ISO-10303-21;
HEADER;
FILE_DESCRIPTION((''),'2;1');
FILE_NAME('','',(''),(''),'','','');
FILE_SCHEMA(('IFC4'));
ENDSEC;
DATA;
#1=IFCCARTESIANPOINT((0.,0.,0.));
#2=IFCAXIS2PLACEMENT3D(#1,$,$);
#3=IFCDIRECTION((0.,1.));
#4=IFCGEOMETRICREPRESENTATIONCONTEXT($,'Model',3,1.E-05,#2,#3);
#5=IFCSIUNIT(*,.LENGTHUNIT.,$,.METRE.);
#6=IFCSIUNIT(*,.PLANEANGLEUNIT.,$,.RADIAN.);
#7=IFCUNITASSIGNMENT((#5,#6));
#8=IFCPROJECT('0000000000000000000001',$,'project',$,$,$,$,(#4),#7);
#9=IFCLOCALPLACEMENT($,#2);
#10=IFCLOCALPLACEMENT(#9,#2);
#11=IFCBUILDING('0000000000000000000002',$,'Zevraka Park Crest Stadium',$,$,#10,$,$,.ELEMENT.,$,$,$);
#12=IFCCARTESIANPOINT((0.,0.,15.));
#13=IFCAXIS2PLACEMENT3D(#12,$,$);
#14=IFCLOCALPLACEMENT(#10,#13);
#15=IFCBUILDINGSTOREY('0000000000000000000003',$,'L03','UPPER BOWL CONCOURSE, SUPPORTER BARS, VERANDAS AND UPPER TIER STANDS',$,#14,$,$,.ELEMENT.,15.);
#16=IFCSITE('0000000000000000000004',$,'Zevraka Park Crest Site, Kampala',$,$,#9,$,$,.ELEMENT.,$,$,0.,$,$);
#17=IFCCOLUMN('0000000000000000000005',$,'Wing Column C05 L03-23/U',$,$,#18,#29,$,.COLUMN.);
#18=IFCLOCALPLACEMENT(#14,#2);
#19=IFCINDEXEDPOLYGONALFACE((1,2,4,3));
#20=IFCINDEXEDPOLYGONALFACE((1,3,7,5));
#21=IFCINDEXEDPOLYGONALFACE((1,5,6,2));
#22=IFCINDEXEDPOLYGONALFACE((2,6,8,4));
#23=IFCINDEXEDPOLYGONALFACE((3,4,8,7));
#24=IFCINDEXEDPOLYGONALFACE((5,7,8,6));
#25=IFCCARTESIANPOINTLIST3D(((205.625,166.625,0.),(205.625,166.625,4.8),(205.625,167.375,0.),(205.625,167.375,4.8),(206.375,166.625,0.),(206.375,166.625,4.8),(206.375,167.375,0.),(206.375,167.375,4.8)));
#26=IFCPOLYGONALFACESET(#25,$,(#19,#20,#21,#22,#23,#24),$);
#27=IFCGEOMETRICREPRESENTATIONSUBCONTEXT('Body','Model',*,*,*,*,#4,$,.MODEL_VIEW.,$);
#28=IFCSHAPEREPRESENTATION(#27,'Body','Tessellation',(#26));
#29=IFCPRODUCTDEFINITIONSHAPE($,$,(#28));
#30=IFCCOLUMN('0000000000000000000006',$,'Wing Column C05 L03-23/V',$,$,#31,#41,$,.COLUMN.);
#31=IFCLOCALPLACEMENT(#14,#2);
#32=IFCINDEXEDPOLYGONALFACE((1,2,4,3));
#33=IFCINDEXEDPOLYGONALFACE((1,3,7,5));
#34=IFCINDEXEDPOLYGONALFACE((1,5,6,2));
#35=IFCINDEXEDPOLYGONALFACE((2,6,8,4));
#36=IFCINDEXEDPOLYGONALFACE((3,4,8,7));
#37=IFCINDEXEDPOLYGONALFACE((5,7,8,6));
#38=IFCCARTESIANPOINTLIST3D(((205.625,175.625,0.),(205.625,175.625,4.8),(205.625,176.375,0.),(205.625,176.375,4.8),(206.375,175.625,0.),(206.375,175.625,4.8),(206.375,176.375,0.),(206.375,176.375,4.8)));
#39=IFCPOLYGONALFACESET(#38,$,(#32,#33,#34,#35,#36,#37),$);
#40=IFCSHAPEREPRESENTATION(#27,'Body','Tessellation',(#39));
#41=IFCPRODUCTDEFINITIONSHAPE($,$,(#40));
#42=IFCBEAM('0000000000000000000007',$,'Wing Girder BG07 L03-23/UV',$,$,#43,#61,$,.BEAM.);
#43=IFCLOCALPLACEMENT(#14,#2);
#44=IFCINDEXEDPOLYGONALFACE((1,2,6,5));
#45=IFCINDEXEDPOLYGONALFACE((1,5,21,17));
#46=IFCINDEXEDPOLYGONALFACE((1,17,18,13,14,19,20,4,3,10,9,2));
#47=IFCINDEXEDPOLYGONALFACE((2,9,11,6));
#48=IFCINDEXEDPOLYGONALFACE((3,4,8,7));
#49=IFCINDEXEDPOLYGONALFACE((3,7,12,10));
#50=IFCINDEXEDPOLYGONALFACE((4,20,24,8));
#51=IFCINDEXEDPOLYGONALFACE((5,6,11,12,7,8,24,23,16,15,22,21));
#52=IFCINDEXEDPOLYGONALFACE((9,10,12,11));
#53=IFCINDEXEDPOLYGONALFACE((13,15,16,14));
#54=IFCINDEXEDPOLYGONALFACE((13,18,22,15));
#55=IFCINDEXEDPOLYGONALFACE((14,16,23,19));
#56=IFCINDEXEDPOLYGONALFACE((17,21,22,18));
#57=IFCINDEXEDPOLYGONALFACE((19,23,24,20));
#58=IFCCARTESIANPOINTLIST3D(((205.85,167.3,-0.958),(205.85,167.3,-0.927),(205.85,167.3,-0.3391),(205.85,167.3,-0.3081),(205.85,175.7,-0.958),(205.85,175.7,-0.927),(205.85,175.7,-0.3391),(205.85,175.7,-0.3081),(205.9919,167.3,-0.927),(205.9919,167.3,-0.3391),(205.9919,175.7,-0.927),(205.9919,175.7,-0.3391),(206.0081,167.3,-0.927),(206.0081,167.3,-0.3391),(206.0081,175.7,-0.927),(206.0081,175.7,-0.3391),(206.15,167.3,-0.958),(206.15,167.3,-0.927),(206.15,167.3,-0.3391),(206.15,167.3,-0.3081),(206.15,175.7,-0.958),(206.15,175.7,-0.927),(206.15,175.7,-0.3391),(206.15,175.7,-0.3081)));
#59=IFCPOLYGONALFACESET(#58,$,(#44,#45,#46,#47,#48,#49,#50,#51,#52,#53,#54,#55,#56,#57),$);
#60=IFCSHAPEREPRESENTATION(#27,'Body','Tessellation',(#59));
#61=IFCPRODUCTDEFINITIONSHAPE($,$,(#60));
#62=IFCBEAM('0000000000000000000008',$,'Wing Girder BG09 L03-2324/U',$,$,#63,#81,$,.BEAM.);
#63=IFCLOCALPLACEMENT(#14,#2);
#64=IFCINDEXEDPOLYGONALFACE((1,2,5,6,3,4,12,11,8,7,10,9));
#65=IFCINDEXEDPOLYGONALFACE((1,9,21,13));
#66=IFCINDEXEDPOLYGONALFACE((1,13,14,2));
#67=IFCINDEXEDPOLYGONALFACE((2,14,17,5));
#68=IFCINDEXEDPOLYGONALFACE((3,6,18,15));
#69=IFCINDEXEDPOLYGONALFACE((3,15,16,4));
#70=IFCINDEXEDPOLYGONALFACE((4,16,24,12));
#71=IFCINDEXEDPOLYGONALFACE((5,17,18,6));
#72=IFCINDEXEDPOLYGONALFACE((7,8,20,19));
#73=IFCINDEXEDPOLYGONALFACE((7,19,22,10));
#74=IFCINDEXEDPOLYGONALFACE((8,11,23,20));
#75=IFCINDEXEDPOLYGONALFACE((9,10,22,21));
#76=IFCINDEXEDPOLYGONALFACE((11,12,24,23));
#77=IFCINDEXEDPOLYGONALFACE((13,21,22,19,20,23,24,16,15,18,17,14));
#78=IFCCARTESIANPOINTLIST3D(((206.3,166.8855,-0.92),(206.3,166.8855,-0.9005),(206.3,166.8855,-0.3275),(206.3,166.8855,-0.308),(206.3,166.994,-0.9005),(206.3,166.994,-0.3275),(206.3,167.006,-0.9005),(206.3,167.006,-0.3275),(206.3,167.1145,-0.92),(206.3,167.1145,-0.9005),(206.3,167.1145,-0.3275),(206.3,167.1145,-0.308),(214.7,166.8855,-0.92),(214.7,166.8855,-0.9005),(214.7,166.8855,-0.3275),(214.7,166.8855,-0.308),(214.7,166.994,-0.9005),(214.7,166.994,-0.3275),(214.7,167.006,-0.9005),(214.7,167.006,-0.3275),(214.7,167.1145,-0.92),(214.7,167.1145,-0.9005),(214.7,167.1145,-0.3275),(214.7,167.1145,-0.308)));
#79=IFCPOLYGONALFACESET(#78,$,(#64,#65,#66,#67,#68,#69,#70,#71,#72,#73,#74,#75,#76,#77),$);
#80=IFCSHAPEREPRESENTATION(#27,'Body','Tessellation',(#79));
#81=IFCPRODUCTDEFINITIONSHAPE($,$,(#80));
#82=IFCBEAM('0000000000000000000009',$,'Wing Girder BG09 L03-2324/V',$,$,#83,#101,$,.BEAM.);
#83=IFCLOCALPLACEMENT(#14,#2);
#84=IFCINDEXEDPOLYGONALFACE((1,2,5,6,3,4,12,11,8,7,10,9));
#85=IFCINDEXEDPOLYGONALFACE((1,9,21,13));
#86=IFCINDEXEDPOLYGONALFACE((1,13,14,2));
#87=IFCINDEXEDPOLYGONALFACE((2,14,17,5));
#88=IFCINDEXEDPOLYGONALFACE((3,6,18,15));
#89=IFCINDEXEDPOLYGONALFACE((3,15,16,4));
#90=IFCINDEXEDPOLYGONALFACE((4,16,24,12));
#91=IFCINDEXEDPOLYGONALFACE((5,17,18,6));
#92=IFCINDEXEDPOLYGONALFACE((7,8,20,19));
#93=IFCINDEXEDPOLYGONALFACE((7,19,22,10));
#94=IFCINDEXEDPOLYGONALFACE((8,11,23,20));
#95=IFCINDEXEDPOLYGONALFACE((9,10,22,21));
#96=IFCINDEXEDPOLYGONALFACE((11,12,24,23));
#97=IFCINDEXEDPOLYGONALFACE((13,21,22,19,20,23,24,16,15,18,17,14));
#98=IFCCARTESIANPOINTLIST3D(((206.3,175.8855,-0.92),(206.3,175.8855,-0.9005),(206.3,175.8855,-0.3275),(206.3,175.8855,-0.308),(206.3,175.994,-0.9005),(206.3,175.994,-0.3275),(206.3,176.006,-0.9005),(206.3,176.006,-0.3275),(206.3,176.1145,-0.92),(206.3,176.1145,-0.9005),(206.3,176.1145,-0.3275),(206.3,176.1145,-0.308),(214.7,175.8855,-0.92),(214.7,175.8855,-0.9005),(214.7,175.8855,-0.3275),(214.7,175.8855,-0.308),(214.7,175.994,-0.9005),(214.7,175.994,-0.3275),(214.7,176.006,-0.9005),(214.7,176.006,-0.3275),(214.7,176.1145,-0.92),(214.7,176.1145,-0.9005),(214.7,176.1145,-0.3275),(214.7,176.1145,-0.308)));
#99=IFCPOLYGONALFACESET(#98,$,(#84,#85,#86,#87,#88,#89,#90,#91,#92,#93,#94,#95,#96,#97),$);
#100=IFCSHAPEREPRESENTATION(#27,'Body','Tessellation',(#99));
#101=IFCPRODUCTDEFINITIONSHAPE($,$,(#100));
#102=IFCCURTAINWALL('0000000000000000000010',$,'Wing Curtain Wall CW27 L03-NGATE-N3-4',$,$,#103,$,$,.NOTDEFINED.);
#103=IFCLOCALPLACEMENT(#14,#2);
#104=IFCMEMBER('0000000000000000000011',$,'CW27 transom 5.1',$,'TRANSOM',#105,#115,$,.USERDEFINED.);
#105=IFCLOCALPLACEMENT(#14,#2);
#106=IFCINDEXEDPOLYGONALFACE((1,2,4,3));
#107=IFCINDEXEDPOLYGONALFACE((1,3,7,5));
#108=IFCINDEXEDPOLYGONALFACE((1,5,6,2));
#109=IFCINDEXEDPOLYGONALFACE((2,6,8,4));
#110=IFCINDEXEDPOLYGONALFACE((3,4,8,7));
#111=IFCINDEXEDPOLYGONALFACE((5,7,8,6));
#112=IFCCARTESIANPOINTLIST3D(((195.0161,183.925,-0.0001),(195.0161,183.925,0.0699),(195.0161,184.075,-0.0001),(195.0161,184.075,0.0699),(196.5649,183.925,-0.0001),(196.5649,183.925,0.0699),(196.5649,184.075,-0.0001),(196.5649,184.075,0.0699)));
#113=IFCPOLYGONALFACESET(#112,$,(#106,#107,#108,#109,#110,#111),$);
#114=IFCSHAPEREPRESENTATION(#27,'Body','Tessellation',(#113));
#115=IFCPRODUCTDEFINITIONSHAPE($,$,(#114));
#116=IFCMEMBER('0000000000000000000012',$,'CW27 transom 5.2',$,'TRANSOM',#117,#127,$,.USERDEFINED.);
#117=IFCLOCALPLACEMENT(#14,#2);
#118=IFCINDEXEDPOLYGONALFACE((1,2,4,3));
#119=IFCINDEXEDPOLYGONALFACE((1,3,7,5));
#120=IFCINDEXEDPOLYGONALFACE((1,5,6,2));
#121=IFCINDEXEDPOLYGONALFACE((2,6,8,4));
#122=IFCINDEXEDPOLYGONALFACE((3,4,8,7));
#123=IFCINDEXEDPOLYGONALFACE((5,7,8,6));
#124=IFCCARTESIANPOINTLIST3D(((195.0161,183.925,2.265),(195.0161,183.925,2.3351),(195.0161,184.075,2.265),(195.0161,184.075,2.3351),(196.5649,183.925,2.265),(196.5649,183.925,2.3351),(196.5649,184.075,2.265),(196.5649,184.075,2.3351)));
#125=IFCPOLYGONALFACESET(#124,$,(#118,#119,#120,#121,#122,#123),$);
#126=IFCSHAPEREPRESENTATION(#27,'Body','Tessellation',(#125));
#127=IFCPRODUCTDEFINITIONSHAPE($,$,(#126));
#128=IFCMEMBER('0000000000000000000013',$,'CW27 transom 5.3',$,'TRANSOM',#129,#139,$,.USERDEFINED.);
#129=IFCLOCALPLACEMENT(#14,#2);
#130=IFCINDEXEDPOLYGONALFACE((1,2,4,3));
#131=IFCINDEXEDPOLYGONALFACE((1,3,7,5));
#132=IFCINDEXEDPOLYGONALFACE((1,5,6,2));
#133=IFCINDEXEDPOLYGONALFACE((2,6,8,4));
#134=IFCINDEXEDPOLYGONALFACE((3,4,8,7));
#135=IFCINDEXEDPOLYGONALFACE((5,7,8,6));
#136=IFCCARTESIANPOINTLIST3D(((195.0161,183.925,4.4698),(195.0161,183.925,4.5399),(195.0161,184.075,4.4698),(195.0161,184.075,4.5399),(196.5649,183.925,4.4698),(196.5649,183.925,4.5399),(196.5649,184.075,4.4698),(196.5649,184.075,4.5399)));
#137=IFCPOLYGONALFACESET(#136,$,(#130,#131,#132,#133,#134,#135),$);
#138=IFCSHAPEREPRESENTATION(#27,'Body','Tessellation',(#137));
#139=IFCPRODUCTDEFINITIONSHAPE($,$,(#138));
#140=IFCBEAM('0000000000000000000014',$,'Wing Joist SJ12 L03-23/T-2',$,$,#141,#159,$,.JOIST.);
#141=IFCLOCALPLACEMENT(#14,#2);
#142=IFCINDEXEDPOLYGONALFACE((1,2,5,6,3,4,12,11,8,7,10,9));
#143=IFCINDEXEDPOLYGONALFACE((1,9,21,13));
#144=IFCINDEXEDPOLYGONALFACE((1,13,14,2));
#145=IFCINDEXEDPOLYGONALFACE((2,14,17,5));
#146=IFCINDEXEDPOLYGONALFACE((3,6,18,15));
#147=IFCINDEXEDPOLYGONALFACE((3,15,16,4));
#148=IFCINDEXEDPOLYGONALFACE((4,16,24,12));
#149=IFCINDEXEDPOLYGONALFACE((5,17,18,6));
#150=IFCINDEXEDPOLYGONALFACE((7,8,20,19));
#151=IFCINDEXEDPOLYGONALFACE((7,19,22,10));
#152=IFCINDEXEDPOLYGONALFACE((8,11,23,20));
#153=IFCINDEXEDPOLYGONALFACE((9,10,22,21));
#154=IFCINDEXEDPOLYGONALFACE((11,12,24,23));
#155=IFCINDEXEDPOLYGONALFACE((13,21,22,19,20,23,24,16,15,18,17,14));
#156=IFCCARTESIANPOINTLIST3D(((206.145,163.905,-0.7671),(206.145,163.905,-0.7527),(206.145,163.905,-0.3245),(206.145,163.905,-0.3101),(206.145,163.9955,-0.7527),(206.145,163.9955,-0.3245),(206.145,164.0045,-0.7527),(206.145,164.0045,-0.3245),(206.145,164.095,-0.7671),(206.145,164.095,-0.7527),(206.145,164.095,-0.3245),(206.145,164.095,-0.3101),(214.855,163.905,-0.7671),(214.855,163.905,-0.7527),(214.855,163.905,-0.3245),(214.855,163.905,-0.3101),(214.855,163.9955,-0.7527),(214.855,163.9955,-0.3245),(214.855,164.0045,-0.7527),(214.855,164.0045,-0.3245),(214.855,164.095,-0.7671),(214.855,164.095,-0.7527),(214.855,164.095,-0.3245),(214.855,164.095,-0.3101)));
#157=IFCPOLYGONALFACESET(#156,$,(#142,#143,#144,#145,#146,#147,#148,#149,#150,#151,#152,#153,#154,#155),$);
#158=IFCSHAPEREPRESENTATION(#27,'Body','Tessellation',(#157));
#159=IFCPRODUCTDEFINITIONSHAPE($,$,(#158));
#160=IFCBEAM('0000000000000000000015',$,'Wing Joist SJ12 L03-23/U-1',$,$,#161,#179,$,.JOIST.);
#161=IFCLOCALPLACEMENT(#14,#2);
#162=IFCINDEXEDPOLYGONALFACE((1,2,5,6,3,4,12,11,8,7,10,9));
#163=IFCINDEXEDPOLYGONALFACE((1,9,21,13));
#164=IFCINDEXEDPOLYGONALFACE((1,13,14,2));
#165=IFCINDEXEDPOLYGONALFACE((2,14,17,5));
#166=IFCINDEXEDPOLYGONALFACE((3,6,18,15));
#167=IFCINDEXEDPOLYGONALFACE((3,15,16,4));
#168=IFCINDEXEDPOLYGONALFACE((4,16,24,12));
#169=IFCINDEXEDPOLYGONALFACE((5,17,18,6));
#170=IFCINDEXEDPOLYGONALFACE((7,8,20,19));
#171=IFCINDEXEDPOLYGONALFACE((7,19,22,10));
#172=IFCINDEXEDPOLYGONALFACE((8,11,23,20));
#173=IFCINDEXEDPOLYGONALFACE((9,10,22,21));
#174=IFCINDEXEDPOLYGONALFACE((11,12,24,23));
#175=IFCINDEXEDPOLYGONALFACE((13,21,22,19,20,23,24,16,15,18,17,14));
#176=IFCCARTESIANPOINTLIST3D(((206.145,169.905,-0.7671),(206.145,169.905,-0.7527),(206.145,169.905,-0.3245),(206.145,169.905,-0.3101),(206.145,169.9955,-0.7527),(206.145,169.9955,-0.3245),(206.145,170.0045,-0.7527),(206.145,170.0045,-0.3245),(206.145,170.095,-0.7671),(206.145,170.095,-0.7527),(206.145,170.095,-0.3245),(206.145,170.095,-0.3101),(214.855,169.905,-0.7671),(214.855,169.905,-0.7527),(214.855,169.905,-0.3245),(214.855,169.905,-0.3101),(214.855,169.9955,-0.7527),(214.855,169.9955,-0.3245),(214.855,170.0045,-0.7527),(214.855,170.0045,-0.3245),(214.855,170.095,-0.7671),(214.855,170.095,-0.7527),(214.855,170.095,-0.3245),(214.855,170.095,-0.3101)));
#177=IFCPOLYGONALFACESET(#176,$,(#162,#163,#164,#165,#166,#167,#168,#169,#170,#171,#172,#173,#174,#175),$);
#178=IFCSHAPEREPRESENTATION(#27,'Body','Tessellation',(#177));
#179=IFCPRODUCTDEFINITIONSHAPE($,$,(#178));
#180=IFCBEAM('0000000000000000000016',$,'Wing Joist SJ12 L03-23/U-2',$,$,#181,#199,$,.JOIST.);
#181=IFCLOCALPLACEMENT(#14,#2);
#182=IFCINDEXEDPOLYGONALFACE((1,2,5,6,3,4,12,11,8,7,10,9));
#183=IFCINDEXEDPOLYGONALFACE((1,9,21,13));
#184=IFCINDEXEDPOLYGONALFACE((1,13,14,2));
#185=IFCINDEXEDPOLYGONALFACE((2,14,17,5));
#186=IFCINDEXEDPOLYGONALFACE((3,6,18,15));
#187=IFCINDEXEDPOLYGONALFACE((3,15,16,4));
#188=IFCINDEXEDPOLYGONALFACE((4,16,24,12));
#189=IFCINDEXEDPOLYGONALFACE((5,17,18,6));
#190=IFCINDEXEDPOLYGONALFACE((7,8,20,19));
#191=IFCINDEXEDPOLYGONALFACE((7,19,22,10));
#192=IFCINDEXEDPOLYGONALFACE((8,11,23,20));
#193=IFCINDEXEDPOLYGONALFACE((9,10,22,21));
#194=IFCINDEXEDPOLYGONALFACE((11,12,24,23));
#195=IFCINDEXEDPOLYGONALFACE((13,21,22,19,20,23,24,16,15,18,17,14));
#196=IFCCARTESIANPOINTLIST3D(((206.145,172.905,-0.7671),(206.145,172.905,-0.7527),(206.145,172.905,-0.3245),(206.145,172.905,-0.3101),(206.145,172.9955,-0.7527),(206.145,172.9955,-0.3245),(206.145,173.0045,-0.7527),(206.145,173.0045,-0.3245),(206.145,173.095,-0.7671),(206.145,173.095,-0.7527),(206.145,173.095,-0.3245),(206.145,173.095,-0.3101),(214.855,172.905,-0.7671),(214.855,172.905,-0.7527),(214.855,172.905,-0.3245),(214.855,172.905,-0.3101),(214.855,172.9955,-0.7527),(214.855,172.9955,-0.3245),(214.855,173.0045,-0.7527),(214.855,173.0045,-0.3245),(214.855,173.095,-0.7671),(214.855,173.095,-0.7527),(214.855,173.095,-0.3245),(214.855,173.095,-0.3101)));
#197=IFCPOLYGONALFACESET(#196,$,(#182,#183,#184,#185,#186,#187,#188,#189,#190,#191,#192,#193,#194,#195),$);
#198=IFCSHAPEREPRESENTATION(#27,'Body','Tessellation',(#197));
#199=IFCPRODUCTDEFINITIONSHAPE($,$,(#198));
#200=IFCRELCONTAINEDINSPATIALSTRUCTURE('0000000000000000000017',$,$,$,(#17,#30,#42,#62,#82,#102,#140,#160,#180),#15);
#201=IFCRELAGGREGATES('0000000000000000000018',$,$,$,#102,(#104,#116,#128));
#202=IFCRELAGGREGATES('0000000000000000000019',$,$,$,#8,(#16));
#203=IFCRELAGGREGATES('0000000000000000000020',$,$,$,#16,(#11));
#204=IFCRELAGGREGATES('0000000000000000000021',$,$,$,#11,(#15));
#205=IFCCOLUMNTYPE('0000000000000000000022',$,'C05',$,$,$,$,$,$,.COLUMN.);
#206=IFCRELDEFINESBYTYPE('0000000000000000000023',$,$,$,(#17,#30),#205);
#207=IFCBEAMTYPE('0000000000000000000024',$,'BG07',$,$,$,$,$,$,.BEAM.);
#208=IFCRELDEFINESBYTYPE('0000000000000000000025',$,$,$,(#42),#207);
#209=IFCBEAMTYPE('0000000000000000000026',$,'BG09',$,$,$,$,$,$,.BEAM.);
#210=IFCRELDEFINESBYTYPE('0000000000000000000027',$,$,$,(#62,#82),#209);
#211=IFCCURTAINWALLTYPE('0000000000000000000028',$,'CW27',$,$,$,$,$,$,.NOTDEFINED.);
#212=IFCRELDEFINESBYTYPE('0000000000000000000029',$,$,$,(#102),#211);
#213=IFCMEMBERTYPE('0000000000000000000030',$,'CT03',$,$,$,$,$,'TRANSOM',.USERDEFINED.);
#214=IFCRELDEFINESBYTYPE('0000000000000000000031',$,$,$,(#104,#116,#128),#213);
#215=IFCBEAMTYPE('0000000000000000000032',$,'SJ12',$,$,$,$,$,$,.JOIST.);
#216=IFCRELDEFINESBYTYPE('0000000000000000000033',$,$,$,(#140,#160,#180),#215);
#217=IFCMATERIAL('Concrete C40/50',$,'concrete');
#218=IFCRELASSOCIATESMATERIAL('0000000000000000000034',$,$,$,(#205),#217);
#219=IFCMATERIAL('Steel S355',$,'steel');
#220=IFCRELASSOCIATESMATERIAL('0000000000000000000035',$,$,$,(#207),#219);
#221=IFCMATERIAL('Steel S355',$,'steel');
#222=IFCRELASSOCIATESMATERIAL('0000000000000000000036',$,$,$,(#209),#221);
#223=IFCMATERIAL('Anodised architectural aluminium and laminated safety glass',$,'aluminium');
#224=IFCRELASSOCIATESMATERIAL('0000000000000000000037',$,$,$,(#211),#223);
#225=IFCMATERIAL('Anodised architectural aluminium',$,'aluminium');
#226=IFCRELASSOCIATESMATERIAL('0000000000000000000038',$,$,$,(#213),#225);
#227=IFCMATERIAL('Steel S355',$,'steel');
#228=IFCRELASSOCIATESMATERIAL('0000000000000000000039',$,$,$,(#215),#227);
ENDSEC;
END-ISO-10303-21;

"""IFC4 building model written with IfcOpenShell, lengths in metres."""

from ifc_helpers import new_model, si_unit, direction, frame, origin, origin_2d, place, context, subcontext, project, spatial, rectangle, i_section, extrude, material, material_profile, profile_set, type_object, element, aggregate, save


model = new_model("IFC4")

# Units and contexts
model_context = context("Model", 3, precision=1e-05, world=origin(), true_north=direction((0.0, 1.0)))
body_context = subcontext(model_context, "Body", "Model", "MODEL_VIEW")
ifc_project = project(units=[si_unit("LENGTHUNIT", "METRE"), si_unit("PLANEANGLEUNIT", "RADIAN")], contexts=[model_context])

# Site, building, storey
site_placement = place(None, origin())
site = spatial("IfcSite", under=ifc_project, at=site_placement, Name="Zevraka Park Crest Site, Kampala", CompositionType="ELEMENT", RefElevation=0.0)
building_placement = place(site_placement, origin())
building = spatial("IfcBuilding", under=site, at=building_placement, Name="Zevraka Park Crest Stadium", CompositionType="ELEMENT")
storey_placement = place(building_placement, frame((0.0, 0.0, 15.0)))
storey = spatial("IfcBuildingStorey", under=building, at=storey_placement, Name="L03", Description="UPPER BOWL CONCOURSE, SUPPORTER BARS, VERANDAS AND UPPER TIER STANDS", CompositionType="ELEMENT", Elevation=15.0)

# Columns
ifc_material_1 = material(Name="Concrete C40/50", Category="concrete")
ifc_material_profile_1 = material_profile(ifc_material_1, rectangle(XDim=0.75, YDim=0.75, at=origin_2d()), Name="RC 750x750")
ifc_profile_set_1 = profile_set([ifc_material_profile_1], Name="Concrete C40/50")
column_type = type_object("IfcColumnType", Name="C05", PredefinedType="COLUMN", material=ifc_profile_set_1)
for number, where, z_axis, x_axis, name in (
    (1, (206.0, 167.0, 0.0), (0.0, 0.0, 1.0), (1.0, 0.0, 0.0), "Wing Column C05 L03-23/U"),
    (2, (206.0, 176.0, 0.0), (0.0, 0.0, 1.0), (1.0, 0.0, 0.0), "Wing Column C05 L03-23/V"),
):
    element("IfcColumn", number, at=place(storey_placement, frame(where, z_axis=z_axis, x_axis=x_axis)), inside=storey, type_object=column_type, Name=name, PredefinedType="COLUMN", context=body_context, shape_type="SweptSolid", body=[
        extrude(rectangle(XDim=0.75, YDim=0.75, at=origin_2d()), origin(), (0.0, 0.0, 1.0), 4.8),
    ])

# Beams
ifc_material_2 = material(Name="Steel S355", Category="steel")
ifc_material_profile_2 = material_profile(ifc_material_2, i_section(OverallWidth=0.3, OverallDepth=0.6499, WebThickness=0.0161, FlangeThickness=0.031, at=origin_2d()), Name="HEB 650")
ifc_profile_set_2 = profile_set([ifc_material_profile_2], Name="Steel S355")
beam_type_1 = type_object("IfcBeamType", Name="BG07", PredefinedType="BEAM", material=ifc_profile_set_2)
beam_placement = place(storey_placement, frame((206.0, 167.3, -0.6331), z_axis=(0.0, 1.0, 0.0), x_axis=(-1.0, 0.0, 0.0)))
element("IfcBeam", 3, at=beam_placement, inside=storey, type_object=beam_type_1, Name="Wing Girder BG07 L03-23/UV", PredefinedType="BEAM", context=body_context, shape_type="SweptSolid", body=[
    extrude(i_section(OverallWidth=0.3, OverallDepth=0.6499, WebThickness=0.0161, FlangeThickness=0.031, at=origin_2d()), origin(), (0.0, 0.0, 1.0), 8.3999),
])
ifc_material_3 = material(Name="Steel S355", Category="steel")
ifc_material_profile_3 = material_profile(ifc_material_3, i_section(OverallWidth=0.229, OverallDepth=0.6121, WebThickness=0.012, FlangeThickness=0.0195, at=origin_2d()), Name="UKB 610x229x125")
ifc_profile_set_3 = profile_set([ifc_material_profile_3], Name="Steel S355")
beam_type_2 = type_object("IfcBeamType", Name="BG09", PredefinedType="BEAM", material=ifc_profile_set_3)
for number, where, z_axis, x_axis, name in (
    (4, (206.3, 167.0, -0.614), (1.0, 0.0, 0.0), (0.0, 1.0, 0.0), "Wing Girder BG09 L03-2324/U"),
    (5, (206.3, 176.0, -0.614), (1.0, 0.0, 0.0), (0.0, 1.0, 0.0), "Wing Girder BG09 L03-2324/V"),
):
    element("IfcBeam", number, at=place(storey_placement, frame(where, z_axis=z_axis, x_axis=x_axis)), inside=storey, type_object=beam_type_2, Name=name, PredefinedType="BEAM", context=body_context, shape_type="SweptSolid", body=[
        extrude(i_section(OverallWidth=0.229, OverallDepth=0.6121, WebThickness=0.012, FlangeThickness=0.0195, at=origin_2d()), origin(), (0.0, 0.0, 1.0), 8.3999),
    ])

# Curtain wall, members
ifc_material_4 = material(Name="Anodised architectural aluminium and laminated safety glass", Category="aluminium")
curtain_wall_type = type_object("IfcCurtainWallType", Name="CW27", PredefinedType="NOTDEFINED", material=ifc_material_4)
curtain_wall_placement = place(storey_placement, origin())
curtain_wall = element("IfcCurtainWall", 6, at=curtain_wall_placement, inside=storey, type_object=curtain_wall_type, Name="Wing Curtain Wall CW27 L03-NGATE-N3-4", PredefinedType="NOTDEFINED")
ifc_material_5 = material(Name="Anodised architectural aluminium", Category="aluminium")
ifc_material_profile_4 = material_profile(ifc_material_5, rectangle(XDim=0.1499, YDim=0.0701, at=origin_2d()), Name="ALU TRANSOM 150x70")
ifc_profile_set_4 = profile_set([ifc_material_profile_4], Name="Anodised architectural aluminium")
member_type = type_object("IfcMemberType", Name="CT03", ElementType="TRANSOM", PredefinedType="USERDEFINED", material=ifc_profile_set_4)
member_1_placement = place(storey_placement, frame((195.0161, 184.0, 0.0349), z_axis=(1.0, 0.0, 0.0), x_axis=(0.0, 1.0, 0.0)))
member_1 = element("IfcMember", 7, at=member_1_placement, type_object=member_type, Name="CW27 transom 5.1", ObjectType="TRANSOM", PredefinedType="USERDEFINED", context=body_context, shape_type="SweptSolid", body=[
    extrude(rectangle(XDim=0.1499, YDim=0.0701, at=origin_2d()), origin(), (0.0, 0.0, 1.0), 1.5488),
])
member_2_placement = place(storey_placement, frame((195.0161, 184.0, 2.3), z_axis=(1.0, 0.0, 0.0), x_axis=(0.0, 1.0, 0.0)))
member_2 = element("IfcMember", 8, at=member_2_placement, type_object=member_type, Name="CW27 transom 5.2", ObjectType="TRANSOM", PredefinedType="USERDEFINED", context=body_context, shape_type="SweptSolid", body=[
    extrude(rectangle(XDim=0.1499, YDim=0.0701, at=origin_2d()), origin(), (0.0, 0.0, 1.0), 1.5488),
])
member_3_placement = place(storey_placement, frame((195.0161, 184.0, 4.5049), z_axis=(1.0, 0.0, 0.0), x_axis=(0.0, 1.0, 0.0)))
member_3 = element("IfcMember", 9, at=member_3_placement, type_object=member_type, Name="CW27 transom 5.3", ObjectType="TRANSOM", PredefinedType="USERDEFINED", context=body_context, shape_type="SweptSolid", body=[
    extrude(rectangle(XDim=0.1499, YDim=0.0701, at=origin_2d()), origin(), (0.0, 0.0, 1.0), 1.5488),
])

# Beams
ifc_material_6 = material(Name="Steel S355", Category="steel")
ifc_material_profile_5 = material_profile(ifc_material_6, i_section(OverallWidth=0.1899, OverallDepth=0.457, WebThickness=0.009, FlangeThickness=0.0144, at=origin_2d()), Name="UKB 457x191x74")
ifc_profile_set_5 = profile_set([ifc_material_profile_5], Name="Steel S355")
beam_type_3 = type_object("IfcBeamType", Name="SJ12", PredefinedType="JOIST", material=ifc_profile_set_5)
for number, where, z_axis, x_axis, name in (
    (10, (206.145, 164.0, -0.5386), (1.0, 0.0, 0.0), (0.0, 1.0, 0.0), "Wing Joist SJ12 L03-23/T-2"),
    (11, (206.145, 170.0, -0.5386), (1.0, 0.0, 0.0), (0.0, 1.0, 0.0), "Wing Joist SJ12 L03-23/U-1"),
    (12, (206.145, 173.0, -0.5386), (1.0, 0.0, 0.0), (0.0, 1.0, 0.0), "Wing Joist SJ12 L03-23/U-2"),
):
    element("IfcBeam", number, at=place(storey_placement, frame(where, z_axis=z_axis, x_axis=x_axis)), inside=storey, type_object=beam_type_3, Name=name, PredefinedType="JOIST", context=body_context, shape_type="SweptSolid", body=[
        extrude(i_section(OverallWidth=0.1899, OverallDepth=0.457, WebThickness=0.009, FlangeThickness=0.0144, at=origin_2d()), origin(), (0.0, 0.0, 1.0), 8.71),
    ])

aggregate(curtain_wall, [member_1, member_2, member_3])

save(model, "model.ifc")
